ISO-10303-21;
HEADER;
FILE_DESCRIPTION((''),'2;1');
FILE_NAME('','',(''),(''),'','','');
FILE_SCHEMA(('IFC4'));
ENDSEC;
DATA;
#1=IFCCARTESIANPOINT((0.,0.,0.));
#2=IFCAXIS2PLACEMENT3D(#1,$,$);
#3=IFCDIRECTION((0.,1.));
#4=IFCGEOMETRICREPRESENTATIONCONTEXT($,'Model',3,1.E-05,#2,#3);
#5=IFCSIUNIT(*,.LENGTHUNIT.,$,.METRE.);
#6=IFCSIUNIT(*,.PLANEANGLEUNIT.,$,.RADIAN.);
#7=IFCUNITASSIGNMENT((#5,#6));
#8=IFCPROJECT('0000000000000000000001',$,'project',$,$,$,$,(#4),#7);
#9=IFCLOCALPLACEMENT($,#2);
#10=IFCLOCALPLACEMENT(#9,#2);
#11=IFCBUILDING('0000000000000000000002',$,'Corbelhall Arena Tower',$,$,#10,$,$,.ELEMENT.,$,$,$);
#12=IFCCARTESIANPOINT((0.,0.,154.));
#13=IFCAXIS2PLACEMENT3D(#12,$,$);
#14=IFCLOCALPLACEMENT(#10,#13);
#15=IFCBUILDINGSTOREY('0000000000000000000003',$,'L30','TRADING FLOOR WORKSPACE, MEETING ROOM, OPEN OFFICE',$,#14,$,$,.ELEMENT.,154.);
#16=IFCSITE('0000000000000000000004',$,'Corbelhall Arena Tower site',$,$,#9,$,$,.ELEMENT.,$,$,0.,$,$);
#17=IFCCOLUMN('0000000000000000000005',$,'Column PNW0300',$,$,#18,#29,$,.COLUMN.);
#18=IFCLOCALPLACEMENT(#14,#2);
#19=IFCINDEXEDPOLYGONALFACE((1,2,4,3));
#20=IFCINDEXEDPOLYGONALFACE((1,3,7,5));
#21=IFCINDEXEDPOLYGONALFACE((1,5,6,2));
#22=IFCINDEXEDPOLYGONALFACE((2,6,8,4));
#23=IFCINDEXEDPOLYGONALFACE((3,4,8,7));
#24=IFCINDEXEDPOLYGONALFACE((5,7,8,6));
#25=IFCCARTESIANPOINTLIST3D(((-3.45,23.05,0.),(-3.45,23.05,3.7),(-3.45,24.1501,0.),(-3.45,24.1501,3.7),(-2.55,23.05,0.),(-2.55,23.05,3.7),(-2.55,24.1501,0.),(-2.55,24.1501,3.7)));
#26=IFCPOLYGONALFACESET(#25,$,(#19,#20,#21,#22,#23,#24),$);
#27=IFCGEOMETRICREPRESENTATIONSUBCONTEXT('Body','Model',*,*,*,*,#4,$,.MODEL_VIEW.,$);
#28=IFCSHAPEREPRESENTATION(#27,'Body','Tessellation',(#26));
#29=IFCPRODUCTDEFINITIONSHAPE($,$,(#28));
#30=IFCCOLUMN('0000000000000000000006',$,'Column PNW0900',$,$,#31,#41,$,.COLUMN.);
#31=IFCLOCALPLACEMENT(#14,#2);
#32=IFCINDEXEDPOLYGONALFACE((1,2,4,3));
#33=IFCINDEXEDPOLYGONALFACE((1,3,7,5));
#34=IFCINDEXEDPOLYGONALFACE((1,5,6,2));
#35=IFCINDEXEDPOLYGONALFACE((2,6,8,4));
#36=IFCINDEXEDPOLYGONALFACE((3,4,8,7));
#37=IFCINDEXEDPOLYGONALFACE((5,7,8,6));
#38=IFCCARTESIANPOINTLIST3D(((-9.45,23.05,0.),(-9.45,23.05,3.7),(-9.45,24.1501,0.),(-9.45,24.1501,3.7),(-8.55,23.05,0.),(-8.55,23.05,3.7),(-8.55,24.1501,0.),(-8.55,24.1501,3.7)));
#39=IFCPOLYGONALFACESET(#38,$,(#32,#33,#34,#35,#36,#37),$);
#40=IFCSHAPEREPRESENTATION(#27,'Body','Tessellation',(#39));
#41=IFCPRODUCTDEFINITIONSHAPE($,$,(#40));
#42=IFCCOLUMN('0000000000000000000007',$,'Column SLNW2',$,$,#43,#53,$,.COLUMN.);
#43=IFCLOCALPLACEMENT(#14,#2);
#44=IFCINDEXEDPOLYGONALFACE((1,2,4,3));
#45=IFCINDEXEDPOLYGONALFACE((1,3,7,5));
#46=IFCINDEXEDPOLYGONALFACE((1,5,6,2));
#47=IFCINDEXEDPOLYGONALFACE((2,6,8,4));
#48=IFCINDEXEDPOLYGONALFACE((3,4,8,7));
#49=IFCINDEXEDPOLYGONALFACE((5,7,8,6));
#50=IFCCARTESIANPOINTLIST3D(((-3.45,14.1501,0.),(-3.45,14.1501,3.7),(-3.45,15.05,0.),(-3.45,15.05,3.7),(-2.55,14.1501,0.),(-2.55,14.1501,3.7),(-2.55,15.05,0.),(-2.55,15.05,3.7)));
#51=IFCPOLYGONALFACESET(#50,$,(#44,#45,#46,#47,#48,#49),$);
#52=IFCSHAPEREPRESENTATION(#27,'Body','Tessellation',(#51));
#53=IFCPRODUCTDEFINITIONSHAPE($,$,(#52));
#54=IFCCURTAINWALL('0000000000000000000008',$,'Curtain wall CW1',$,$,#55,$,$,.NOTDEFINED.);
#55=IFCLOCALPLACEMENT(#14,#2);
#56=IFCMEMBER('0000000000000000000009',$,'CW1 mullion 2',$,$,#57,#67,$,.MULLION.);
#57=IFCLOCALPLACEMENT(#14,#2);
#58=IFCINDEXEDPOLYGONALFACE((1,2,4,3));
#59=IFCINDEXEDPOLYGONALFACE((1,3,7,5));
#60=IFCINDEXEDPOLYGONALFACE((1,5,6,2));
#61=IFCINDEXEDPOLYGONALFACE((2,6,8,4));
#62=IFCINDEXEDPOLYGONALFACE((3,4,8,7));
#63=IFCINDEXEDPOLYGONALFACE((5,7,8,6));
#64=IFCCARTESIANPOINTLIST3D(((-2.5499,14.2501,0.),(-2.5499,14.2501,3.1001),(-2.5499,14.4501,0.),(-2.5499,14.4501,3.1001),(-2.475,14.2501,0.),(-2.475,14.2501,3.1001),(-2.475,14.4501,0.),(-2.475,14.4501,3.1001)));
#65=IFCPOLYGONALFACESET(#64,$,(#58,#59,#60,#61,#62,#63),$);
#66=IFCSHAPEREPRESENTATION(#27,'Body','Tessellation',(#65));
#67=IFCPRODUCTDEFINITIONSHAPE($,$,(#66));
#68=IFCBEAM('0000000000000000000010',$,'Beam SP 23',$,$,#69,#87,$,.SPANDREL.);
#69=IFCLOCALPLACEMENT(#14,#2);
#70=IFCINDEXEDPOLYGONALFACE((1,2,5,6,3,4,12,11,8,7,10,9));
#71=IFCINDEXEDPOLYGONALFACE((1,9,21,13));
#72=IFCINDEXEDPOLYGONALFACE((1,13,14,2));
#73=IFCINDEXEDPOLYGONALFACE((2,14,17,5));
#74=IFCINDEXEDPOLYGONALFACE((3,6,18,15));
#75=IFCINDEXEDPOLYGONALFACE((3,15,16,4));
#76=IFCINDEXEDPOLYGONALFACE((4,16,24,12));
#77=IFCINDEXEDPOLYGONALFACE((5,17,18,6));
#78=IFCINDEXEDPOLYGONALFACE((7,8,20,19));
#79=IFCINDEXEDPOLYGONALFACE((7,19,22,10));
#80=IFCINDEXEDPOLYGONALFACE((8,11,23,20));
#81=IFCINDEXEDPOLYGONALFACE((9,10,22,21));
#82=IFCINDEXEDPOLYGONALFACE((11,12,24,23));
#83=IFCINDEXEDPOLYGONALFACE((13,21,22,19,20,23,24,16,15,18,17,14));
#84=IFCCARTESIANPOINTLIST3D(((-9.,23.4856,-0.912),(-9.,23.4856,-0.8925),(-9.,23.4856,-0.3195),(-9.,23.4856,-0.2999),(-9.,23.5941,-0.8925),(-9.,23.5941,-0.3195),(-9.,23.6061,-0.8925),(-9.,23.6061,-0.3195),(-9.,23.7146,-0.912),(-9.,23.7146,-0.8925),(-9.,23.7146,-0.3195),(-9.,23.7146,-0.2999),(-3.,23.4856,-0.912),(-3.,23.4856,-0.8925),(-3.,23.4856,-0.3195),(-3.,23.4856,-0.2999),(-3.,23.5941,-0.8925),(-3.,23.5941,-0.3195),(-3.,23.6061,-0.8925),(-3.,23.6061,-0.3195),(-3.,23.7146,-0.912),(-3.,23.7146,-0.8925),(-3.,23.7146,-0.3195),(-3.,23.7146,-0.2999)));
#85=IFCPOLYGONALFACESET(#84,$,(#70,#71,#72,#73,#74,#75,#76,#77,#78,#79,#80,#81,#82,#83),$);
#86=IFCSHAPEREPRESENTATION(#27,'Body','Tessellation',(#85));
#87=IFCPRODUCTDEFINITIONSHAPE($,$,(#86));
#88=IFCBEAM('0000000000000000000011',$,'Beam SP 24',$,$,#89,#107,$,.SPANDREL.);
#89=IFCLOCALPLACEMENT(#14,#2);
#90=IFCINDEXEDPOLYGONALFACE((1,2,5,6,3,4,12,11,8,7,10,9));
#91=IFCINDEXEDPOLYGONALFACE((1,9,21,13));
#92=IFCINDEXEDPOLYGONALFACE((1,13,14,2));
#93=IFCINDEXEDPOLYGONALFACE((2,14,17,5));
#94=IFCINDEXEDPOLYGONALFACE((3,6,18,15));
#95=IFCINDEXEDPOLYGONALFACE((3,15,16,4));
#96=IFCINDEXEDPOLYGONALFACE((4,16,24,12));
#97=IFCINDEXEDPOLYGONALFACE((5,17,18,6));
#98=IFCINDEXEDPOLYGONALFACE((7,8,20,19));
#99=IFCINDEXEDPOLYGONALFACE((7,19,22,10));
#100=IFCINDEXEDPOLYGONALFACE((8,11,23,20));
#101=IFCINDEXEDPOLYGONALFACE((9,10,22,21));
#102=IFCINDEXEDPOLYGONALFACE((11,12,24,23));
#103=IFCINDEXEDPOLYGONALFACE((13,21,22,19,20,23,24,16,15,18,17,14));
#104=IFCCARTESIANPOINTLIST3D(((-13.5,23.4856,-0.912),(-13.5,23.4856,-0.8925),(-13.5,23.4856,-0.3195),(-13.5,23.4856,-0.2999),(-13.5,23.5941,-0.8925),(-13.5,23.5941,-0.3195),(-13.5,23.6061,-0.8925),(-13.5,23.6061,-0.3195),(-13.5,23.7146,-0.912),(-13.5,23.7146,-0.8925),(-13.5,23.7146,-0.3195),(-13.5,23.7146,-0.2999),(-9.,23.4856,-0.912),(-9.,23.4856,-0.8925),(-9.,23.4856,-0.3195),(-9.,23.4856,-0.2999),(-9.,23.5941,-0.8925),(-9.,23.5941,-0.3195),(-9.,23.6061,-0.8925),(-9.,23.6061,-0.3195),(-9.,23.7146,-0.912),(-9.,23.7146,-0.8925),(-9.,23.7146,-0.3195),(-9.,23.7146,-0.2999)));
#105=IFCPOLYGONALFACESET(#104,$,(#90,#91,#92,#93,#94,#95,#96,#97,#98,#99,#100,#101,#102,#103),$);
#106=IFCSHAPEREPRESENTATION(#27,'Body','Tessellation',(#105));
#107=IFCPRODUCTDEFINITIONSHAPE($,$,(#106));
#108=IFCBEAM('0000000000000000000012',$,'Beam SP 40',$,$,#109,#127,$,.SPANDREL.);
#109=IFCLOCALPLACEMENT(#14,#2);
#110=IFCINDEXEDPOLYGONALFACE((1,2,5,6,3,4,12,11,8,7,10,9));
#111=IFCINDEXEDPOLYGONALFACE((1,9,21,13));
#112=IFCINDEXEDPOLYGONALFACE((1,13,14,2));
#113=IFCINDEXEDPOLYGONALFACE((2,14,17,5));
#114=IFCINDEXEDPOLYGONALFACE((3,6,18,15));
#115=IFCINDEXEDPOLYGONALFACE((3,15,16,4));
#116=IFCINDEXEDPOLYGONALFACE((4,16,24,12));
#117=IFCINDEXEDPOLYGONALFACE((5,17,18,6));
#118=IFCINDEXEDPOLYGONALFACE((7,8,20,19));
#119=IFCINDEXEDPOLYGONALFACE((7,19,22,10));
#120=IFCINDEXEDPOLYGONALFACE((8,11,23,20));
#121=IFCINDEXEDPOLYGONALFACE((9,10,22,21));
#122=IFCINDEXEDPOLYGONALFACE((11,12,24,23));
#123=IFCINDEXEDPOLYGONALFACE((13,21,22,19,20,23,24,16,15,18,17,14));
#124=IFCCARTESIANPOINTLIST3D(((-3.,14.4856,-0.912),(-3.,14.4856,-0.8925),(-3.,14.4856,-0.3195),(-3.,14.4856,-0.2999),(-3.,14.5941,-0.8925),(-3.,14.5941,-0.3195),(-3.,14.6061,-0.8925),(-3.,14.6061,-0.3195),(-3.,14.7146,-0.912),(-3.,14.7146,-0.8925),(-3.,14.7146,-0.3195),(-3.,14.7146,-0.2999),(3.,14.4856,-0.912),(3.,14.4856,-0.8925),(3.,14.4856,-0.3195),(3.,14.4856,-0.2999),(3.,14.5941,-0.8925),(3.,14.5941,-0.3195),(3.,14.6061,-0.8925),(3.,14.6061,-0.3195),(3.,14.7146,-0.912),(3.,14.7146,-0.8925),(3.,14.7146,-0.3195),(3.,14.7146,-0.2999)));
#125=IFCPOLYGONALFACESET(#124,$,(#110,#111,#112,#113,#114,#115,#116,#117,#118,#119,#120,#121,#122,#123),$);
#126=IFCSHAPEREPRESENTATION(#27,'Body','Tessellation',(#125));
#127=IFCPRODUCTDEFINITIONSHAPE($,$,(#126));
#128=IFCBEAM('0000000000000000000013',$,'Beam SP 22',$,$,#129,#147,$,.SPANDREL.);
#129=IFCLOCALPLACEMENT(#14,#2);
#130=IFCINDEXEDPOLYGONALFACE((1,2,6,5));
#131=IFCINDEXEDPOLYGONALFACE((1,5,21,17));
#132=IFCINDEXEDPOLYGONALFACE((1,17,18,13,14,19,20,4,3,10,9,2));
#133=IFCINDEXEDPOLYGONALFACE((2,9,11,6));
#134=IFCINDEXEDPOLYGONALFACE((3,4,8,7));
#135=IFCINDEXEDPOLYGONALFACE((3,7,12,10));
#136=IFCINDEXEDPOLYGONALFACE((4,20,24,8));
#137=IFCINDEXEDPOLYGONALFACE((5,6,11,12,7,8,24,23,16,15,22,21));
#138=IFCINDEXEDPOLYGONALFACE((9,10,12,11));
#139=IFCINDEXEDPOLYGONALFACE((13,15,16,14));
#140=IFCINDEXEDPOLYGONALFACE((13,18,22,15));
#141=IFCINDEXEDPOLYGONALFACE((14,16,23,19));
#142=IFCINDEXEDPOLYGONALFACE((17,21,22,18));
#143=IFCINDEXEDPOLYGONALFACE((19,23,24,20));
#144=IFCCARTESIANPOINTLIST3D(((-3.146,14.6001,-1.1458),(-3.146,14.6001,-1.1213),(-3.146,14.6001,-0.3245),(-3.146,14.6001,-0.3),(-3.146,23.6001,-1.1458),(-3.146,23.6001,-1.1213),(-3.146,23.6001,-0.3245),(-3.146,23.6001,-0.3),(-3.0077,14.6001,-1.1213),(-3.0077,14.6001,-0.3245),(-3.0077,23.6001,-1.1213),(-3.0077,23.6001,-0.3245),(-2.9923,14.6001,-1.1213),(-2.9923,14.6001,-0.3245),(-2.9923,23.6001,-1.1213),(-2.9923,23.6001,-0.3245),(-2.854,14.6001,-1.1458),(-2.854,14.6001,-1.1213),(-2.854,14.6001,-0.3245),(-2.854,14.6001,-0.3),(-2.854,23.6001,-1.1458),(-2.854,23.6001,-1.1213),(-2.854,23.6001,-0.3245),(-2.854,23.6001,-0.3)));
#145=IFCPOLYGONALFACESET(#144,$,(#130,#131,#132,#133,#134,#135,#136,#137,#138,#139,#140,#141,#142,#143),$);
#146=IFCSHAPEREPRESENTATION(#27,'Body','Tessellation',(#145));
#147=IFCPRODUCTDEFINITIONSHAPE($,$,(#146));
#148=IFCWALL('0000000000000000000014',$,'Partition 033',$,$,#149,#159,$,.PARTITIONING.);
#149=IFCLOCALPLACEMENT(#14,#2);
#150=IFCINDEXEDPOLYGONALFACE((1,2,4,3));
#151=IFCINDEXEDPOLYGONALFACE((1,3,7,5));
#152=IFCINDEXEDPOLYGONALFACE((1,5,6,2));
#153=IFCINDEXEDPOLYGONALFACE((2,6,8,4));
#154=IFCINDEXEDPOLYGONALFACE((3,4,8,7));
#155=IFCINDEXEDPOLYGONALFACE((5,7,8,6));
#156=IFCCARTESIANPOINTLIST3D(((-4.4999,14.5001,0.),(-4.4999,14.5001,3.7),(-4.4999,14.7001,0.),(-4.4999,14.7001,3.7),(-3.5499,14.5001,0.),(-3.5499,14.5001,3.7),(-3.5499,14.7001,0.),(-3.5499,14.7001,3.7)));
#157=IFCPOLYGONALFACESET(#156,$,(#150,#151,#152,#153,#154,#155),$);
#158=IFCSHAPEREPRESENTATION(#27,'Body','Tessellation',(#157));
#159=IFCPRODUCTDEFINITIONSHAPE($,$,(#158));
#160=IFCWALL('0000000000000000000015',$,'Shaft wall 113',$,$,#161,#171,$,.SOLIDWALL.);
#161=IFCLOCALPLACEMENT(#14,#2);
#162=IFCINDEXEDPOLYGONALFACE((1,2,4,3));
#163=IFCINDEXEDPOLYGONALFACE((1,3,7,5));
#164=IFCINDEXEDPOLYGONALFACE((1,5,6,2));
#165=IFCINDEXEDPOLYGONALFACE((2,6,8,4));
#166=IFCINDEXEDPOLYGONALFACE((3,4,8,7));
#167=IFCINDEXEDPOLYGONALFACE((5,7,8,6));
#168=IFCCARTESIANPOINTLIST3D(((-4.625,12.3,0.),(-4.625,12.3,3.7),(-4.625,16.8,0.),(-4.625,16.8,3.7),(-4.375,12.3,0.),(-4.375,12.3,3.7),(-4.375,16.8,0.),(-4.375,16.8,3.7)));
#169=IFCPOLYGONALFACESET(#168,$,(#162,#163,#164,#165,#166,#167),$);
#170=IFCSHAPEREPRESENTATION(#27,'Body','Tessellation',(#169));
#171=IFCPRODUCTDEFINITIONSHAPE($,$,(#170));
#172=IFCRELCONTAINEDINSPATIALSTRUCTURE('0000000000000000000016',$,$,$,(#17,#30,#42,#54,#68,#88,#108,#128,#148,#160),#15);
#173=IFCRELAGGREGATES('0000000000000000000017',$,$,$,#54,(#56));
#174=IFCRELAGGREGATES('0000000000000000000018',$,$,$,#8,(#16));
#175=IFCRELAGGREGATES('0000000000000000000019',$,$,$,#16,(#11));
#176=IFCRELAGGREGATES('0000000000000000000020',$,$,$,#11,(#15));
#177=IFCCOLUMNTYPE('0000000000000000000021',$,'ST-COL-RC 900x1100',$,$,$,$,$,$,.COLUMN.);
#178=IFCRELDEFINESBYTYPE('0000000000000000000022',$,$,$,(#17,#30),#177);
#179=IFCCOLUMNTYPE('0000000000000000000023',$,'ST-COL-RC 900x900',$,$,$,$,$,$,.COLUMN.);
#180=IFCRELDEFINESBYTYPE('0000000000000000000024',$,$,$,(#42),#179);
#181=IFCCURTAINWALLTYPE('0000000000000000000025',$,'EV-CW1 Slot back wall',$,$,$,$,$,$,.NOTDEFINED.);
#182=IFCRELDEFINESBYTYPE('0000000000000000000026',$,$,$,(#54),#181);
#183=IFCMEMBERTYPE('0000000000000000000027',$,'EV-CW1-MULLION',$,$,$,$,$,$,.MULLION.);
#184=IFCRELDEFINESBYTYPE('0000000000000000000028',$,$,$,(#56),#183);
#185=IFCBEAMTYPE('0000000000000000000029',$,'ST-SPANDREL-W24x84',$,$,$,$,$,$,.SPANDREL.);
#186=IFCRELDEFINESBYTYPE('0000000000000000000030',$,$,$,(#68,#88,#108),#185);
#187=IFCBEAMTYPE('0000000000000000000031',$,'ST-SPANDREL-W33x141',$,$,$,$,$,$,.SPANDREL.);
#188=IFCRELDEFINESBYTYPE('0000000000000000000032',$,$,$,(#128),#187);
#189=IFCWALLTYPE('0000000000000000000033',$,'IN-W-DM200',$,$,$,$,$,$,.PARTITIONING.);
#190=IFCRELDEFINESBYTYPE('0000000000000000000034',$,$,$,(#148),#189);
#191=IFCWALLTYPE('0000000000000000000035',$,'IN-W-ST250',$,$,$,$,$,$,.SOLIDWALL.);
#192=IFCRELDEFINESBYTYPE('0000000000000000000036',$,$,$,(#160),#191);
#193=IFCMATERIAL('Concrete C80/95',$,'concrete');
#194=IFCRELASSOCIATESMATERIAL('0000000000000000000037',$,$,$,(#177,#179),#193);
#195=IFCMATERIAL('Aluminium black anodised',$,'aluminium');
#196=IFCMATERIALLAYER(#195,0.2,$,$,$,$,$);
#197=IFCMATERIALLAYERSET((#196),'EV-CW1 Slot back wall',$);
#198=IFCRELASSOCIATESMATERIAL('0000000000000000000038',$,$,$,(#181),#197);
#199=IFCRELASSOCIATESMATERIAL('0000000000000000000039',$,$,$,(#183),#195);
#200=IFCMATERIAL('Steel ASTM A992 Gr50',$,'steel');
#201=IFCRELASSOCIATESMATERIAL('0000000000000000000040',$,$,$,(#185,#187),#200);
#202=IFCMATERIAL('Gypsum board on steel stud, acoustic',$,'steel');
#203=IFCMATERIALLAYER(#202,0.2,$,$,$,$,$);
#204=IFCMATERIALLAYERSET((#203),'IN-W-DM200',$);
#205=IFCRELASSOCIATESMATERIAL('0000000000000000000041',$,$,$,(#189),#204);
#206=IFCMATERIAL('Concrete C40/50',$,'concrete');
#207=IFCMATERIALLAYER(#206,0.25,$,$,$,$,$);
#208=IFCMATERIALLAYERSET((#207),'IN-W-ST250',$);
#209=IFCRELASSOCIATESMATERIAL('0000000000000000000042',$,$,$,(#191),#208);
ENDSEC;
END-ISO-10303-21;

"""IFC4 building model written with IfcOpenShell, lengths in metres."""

from ifc_helpers import new_model, si_unit, direction, frame, frame_2d, origin, origin_2d, place, context, subcontext, project, spatial, rectangle, i_section, extrude, material, layer, layer_set, material_profile, profile_set, type_object, element, aggregate, save


model = new_model("IFC4")

# Units and contexts
model_context = context("Model", 3, precision=1e-05, world=origin(), true_north=direction((0.0, 1.0)))
body_context = subcontext(model_context, "Body", "Model", "MODEL_VIEW")
ifc_project = project(units=[si_unit("LENGTHUNIT", "METRE"), si_unit("PLANEANGLEUNIT", "RADIAN")], contexts=[model_context])

# Site, building, storey
site_placement = place(None, origin())
site = spatial("IfcSite", under=ifc_project, at=site_placement, Name="Corbelhall Arena Tower site", CompositionType="ELEMENT", RefElevation=0.0)
building_placement = place(site_placement, origin())
building = spatial("IfcBuilding", under=site, at=building_placement, Name="Corbelhall Arena Tower", CompositionType="ELEMENT")
storey_placement = place(building_placement, frame((0.0, 0.0, 154.0)))
storey = spatial("IfcBuildingStorey", under=building, at=storey_placement, Name="L30", Description="TRADING FLOOR WORKSPACE, MEETING ROOM, OPEN OFFICE", CompositionType="ELEMENT", Elevation=154.0)

# Columns
ifc_material_1 = material(Name="Concrete C80/95", Category="concrete")
ifc_material_profile_1 = material_profile(ifc_material_1, rectangle(XDim=0.8999, YDim=1.1001, at=origin_2d()))
ifc_profile_set_1 = profile_set([ifc_material_profile_1], Name="Concrete C80/95")
column_type_1 = type_object("IfcColumnType", Name="ST-COL-RC 900x1100", PredefinedType="COLUMN", material=ifc_profile_set_1)
for number, where, z_axis, x_axis, name in (
    (1, (-3.0, 23.6001, 0.0), (0.0, 0.0, 1.0), (1.0, 0.0, 0.0), "Column PNW0300"),
    (2, (-9.0, 23.6001, 0.0), (0.0, 0.0, 1.0), (1.0, 0.0, 0.0), "Column PNW0900"),
):
    element("IfcColumn", number, at=place(storey_placement, frame(where, z_axis=z_axis, x_axis=x_axis)), inside=storey, type_object=column_type_1, Name=name, PredefinedType="COLUMN", context=body_context, shape_type="SweptSolid", body=[
        extrude(rectangle(XDim=0.8999, YDim=1.1001, at=origin_2d()), origin(), (0.0, 0.0, 1.0), 3.7),
    ])
ifc_material_profile_2 = material_profile(ifc_material_1, rectangle(XDim=0.8999, YDim=0.8999, at=origin_2d()))
ifc_profile_set_2 = profile_set([ifc_material_profile_2], Name="Concrete C80/95")
column_type_2 = type_object("IfcColumnType", Name="ST-COL-RC 900x900", PredefinedType="COLUMN", material=ifc_profile_set_2)
column_placement = place(storey_placement, frame((-3.0, 14.6001, 0.0), z_axis=(0.0, 0.0, 1.0), x_axis=(1.0, 0.0, 0.0)))
element("IfcColumn", 3, at=column_placement, inside=storey, type_object=column_type_2, Name="Column SLNW2", PredefinedType="COLUMN", context=body_context, shape_type="SweptSolid", body=[
    extrude(rectangle(XDim=0.8999, YDim=0.8999, at=origin_2d()), origin(), (0.0, 0.0, 1.0), 3.7),
])

# Curtain wall, member
ifc_material_2 = material(Name="Aluminium black anodised", Category="aluminium")
ifc_layer_1 = layer(ifc_material_2, 0.2)
ifc_layer_set_1 = layer_set([ifc_layer_1], Name="EV-CW1 Slot back wall")
curtain_wall_type = type_object("IfcCurtainWallType", Name="EV-CW1 Slot back wall", PredefinedType="NOTDEFINED", material=ifc_layer_set_1)
curtain_wall_placement = place(storey_placement, origin())
curtain_wall = element("IfcCurtainWall", 4, at=curtain_wall_placement, inside=storey, type_object=curtain_wall_type, Name="Curtain wall CW1", PredefinedType="NOTDEFINED")
ifc_material_profile_3 = material_profile(ifc_material_2, rectangle(XDim=0.2, YDim=0.075, at=origin_2d()))
ifc_profile_set_3 = profile_set([ifc_material_profile_3], Name="Aluminium black anodised")
member_type = type_object("IfcMemberType", Name="EV-CW1-MULLION", PredefinedType="MULLION", material=ifc_profile_set_3)
member_placement = place(storey_placement, frame((-2.5125, 14.3501, 0.0), z_axis=(0.0, 0.0, 1.0), x_axis=(0.0, -1.0, 0.0)))
member = element("IfcMember", 5, at=member_placement, type_object=member_type, Name="CW1 mullion 2", PredefinedType="MULLION", context=body_context, shape_type="SweptSolid", body=[
    extrude(rectangle(XDim=0.2, YDim=0.075, at=origin_2d()), origin(), (0.0, 0.0, 1.0), 3.1001),
])
aggregate(curtain_wall, [member])

# Beams
ifc_material_3 = material(Name="Steel ASTM A992 Gr50", Category="steel")
ifc_material_profile_4 = material_profile(ifc_material_3, i_section(OverallWidth=0.229, OverallDepth=0.6121, WebThickness=0.012, FlangeThickness=0.0195, at=origin_2d()))
ifc_profile_set_4 = profile_set([ifc_material_profile_4], Name="Steel ASTM A992 Gr50")
beam_type_1 = type_object("IfcBeamType", Name="ST-SPANDREL-W24x84", PredefinedType="SPANDREL", material=ifc_profile_set_4)
beam_1_placement = place(storey_placement, frame((-9.0, 23.6001, -0.606), z_axis=(1.0, 0.0, 0.0), x_axis=(0.0, 1.0, 0.0)))
element("IfcBeam", 6, at=beam_1_placement, inside=storey, type_object=beam_type_1, Name="Beam SP 23", PredefinedType="SPANDREL", context=body_context, shape_type="SweptSolid", body=[
    extrude(i_section(OverallWidth=0.229, OverallDepth=0.6121, WebThickness=0.012, FlangeThickness=0.0195, at=origin_2d()), origin(), (0.0, 0.0, 1.0), 6.0),
])
beam_2_placement = place(storey_placement, frame((-13.5, 23.6001, -0.606), z_axis=(1.0, 0.0, 0.0), x_axis=(0.0, 1.0, 0.0)))
element("IfcBeam", 7, at=beam_2_placement, inside=storey, type_object=beam_type_1, Name="Beam SP 24", PredefinedType="SPANDREL", context=body_context, shape_type="SweptSolid", body=[
    extrude(i_section(OverallWidth=0.229, OverallDepth=0.6121, WebThickness=0.012, FlangeThickness=0.0195, at=origin_2d()), origin(), (0.0, 0.0, 1.0), 4.5),
])
beam_3_placement = place(storey_placement, frame((-3.0, 14.6001, -0.606), z_axis=(1.0, 0.0, 0.0), x_axis=(0.0, 1.0, 0.0)))
element("IfcBeam", 8, at=beam_3_placement, inside=storey, type_object=beam_type_1, Name="Beam SP 40", PredefinedType="SPANDREL", context=body_context, shape_type="SweptSolid", body=[
    extrude(i_section(OverallWidth=0.229, OverallDepth=0.6121, WebThickness=0.012, FlangeThickness=0.0195, at=origin_2d()), origin(), (0.0, 0.0, 1.0), 6.0),
])
ifc_material_profile_5 = material_profile(ifc_material_3, i_section(OverallWidth=0.292, OverallDepth=0.8457, WebThickness=0.0154, FlangeThickness=0.0244, at=origin_2d()))
ifc_profile_set_5 = profile_set([ifc_material_profile_5], Name="Steel ASTM A992 Gr50")
beam_type_2 = type_object("IfcBeamType", Name="ST-SPANDREL-W33x141", PredefinedType="SPANDREL", material=ifc_profile_set_5)
beam_4_placement = place(storey_placement, frame((-3.0, 23.6001, -0.7229), z_axis=(0.0, -1.0, 0.0), x_axis=(1.0, 0.0, 0.0)))
element("IfcBeam", 9, at=beam_4_placement, inside=storey, type_object=beam_type_2, Name="Beam SP 22", PredefinedType="SPANDREL", context=body_context, shape_type="SweptSolid", body=[
    extrude(i_section(OverallWidth=0.292, OverallDepth=0.8457, WebThickness=0.0154, FlangeThickness=0.0244, at=origin_2d()), origin(), (0.0, 0.0, 1.0), 9.0),
])

# Walls
ifc_material_4 = material(Name="Gypsum board on steel stud, acoustic", Category="steel")
ifc_layer_2 = layer(ifc_material_4, 0.2)
ifc_layer_set_2 = layer_set([ifc_layer_2], Name="IN-W-DM200")
wall_type_1 = type_object("IfcWallType", Name="IN-W-DM200", PredefinedType="PARTITIONING", material=ifc_layer_set_2)
wall_1_placement = place(storey_placement, frame((-4.5, 14.6001, 0.0), z_axis=(0.0, 0.0, 1.0), x_axis=(1.0, 0.0, 0.0)))
element("IfcWall", 10, at=wall_1_placement, inside=storey, type_object=wall_type_1, Name="Partition 033", PredefinedType="PARTITIONING", context=body_context, shape_type="SweptSolid", body=[
    extrude(rectangle(XDim=0.95, YDim=0.2, at=frame_2d((0.4751, 0.0))), origin(), (0.0, 0.0, 1.0), 3.7),
])
ifc_material_5 = material(Name="Concrete C40/50", Category="concrete")
ifc_layer_3 = layer(ifc_material_5, 0.25)
ifc_layer_set_3 = layer_set([ifc_layer_3], Name="IN-W-ST250")
wall_type_2 = type_object("IfcWallType", Name="IN-W-ST250", PredefinedType="SOLIDWALL", material=ifc_layer_set_3)
wall_2_placement = place(storey_placement, frame((-4.5, 16.8, 0.0), z_axis=(0.0, 0.0, 1.0), x_axis=(0.0, -1.0, 0.0)))
element("IfcWall", 11, at=wall_2_placement, inside=storey, type_object=wall_type_2, Name="Shaft wall 113", PredefinedType="SOLIDWALL", context=body_context, shape_type="SweptSolid", body=[
    extrude(rectangle(XDim=4.5, YDim=0.25, at=frame_2d((2.25, 0.0))), origin(), (0.0, 0.0, 1.0), 3.7),
])

save(model, "model.ifc")
